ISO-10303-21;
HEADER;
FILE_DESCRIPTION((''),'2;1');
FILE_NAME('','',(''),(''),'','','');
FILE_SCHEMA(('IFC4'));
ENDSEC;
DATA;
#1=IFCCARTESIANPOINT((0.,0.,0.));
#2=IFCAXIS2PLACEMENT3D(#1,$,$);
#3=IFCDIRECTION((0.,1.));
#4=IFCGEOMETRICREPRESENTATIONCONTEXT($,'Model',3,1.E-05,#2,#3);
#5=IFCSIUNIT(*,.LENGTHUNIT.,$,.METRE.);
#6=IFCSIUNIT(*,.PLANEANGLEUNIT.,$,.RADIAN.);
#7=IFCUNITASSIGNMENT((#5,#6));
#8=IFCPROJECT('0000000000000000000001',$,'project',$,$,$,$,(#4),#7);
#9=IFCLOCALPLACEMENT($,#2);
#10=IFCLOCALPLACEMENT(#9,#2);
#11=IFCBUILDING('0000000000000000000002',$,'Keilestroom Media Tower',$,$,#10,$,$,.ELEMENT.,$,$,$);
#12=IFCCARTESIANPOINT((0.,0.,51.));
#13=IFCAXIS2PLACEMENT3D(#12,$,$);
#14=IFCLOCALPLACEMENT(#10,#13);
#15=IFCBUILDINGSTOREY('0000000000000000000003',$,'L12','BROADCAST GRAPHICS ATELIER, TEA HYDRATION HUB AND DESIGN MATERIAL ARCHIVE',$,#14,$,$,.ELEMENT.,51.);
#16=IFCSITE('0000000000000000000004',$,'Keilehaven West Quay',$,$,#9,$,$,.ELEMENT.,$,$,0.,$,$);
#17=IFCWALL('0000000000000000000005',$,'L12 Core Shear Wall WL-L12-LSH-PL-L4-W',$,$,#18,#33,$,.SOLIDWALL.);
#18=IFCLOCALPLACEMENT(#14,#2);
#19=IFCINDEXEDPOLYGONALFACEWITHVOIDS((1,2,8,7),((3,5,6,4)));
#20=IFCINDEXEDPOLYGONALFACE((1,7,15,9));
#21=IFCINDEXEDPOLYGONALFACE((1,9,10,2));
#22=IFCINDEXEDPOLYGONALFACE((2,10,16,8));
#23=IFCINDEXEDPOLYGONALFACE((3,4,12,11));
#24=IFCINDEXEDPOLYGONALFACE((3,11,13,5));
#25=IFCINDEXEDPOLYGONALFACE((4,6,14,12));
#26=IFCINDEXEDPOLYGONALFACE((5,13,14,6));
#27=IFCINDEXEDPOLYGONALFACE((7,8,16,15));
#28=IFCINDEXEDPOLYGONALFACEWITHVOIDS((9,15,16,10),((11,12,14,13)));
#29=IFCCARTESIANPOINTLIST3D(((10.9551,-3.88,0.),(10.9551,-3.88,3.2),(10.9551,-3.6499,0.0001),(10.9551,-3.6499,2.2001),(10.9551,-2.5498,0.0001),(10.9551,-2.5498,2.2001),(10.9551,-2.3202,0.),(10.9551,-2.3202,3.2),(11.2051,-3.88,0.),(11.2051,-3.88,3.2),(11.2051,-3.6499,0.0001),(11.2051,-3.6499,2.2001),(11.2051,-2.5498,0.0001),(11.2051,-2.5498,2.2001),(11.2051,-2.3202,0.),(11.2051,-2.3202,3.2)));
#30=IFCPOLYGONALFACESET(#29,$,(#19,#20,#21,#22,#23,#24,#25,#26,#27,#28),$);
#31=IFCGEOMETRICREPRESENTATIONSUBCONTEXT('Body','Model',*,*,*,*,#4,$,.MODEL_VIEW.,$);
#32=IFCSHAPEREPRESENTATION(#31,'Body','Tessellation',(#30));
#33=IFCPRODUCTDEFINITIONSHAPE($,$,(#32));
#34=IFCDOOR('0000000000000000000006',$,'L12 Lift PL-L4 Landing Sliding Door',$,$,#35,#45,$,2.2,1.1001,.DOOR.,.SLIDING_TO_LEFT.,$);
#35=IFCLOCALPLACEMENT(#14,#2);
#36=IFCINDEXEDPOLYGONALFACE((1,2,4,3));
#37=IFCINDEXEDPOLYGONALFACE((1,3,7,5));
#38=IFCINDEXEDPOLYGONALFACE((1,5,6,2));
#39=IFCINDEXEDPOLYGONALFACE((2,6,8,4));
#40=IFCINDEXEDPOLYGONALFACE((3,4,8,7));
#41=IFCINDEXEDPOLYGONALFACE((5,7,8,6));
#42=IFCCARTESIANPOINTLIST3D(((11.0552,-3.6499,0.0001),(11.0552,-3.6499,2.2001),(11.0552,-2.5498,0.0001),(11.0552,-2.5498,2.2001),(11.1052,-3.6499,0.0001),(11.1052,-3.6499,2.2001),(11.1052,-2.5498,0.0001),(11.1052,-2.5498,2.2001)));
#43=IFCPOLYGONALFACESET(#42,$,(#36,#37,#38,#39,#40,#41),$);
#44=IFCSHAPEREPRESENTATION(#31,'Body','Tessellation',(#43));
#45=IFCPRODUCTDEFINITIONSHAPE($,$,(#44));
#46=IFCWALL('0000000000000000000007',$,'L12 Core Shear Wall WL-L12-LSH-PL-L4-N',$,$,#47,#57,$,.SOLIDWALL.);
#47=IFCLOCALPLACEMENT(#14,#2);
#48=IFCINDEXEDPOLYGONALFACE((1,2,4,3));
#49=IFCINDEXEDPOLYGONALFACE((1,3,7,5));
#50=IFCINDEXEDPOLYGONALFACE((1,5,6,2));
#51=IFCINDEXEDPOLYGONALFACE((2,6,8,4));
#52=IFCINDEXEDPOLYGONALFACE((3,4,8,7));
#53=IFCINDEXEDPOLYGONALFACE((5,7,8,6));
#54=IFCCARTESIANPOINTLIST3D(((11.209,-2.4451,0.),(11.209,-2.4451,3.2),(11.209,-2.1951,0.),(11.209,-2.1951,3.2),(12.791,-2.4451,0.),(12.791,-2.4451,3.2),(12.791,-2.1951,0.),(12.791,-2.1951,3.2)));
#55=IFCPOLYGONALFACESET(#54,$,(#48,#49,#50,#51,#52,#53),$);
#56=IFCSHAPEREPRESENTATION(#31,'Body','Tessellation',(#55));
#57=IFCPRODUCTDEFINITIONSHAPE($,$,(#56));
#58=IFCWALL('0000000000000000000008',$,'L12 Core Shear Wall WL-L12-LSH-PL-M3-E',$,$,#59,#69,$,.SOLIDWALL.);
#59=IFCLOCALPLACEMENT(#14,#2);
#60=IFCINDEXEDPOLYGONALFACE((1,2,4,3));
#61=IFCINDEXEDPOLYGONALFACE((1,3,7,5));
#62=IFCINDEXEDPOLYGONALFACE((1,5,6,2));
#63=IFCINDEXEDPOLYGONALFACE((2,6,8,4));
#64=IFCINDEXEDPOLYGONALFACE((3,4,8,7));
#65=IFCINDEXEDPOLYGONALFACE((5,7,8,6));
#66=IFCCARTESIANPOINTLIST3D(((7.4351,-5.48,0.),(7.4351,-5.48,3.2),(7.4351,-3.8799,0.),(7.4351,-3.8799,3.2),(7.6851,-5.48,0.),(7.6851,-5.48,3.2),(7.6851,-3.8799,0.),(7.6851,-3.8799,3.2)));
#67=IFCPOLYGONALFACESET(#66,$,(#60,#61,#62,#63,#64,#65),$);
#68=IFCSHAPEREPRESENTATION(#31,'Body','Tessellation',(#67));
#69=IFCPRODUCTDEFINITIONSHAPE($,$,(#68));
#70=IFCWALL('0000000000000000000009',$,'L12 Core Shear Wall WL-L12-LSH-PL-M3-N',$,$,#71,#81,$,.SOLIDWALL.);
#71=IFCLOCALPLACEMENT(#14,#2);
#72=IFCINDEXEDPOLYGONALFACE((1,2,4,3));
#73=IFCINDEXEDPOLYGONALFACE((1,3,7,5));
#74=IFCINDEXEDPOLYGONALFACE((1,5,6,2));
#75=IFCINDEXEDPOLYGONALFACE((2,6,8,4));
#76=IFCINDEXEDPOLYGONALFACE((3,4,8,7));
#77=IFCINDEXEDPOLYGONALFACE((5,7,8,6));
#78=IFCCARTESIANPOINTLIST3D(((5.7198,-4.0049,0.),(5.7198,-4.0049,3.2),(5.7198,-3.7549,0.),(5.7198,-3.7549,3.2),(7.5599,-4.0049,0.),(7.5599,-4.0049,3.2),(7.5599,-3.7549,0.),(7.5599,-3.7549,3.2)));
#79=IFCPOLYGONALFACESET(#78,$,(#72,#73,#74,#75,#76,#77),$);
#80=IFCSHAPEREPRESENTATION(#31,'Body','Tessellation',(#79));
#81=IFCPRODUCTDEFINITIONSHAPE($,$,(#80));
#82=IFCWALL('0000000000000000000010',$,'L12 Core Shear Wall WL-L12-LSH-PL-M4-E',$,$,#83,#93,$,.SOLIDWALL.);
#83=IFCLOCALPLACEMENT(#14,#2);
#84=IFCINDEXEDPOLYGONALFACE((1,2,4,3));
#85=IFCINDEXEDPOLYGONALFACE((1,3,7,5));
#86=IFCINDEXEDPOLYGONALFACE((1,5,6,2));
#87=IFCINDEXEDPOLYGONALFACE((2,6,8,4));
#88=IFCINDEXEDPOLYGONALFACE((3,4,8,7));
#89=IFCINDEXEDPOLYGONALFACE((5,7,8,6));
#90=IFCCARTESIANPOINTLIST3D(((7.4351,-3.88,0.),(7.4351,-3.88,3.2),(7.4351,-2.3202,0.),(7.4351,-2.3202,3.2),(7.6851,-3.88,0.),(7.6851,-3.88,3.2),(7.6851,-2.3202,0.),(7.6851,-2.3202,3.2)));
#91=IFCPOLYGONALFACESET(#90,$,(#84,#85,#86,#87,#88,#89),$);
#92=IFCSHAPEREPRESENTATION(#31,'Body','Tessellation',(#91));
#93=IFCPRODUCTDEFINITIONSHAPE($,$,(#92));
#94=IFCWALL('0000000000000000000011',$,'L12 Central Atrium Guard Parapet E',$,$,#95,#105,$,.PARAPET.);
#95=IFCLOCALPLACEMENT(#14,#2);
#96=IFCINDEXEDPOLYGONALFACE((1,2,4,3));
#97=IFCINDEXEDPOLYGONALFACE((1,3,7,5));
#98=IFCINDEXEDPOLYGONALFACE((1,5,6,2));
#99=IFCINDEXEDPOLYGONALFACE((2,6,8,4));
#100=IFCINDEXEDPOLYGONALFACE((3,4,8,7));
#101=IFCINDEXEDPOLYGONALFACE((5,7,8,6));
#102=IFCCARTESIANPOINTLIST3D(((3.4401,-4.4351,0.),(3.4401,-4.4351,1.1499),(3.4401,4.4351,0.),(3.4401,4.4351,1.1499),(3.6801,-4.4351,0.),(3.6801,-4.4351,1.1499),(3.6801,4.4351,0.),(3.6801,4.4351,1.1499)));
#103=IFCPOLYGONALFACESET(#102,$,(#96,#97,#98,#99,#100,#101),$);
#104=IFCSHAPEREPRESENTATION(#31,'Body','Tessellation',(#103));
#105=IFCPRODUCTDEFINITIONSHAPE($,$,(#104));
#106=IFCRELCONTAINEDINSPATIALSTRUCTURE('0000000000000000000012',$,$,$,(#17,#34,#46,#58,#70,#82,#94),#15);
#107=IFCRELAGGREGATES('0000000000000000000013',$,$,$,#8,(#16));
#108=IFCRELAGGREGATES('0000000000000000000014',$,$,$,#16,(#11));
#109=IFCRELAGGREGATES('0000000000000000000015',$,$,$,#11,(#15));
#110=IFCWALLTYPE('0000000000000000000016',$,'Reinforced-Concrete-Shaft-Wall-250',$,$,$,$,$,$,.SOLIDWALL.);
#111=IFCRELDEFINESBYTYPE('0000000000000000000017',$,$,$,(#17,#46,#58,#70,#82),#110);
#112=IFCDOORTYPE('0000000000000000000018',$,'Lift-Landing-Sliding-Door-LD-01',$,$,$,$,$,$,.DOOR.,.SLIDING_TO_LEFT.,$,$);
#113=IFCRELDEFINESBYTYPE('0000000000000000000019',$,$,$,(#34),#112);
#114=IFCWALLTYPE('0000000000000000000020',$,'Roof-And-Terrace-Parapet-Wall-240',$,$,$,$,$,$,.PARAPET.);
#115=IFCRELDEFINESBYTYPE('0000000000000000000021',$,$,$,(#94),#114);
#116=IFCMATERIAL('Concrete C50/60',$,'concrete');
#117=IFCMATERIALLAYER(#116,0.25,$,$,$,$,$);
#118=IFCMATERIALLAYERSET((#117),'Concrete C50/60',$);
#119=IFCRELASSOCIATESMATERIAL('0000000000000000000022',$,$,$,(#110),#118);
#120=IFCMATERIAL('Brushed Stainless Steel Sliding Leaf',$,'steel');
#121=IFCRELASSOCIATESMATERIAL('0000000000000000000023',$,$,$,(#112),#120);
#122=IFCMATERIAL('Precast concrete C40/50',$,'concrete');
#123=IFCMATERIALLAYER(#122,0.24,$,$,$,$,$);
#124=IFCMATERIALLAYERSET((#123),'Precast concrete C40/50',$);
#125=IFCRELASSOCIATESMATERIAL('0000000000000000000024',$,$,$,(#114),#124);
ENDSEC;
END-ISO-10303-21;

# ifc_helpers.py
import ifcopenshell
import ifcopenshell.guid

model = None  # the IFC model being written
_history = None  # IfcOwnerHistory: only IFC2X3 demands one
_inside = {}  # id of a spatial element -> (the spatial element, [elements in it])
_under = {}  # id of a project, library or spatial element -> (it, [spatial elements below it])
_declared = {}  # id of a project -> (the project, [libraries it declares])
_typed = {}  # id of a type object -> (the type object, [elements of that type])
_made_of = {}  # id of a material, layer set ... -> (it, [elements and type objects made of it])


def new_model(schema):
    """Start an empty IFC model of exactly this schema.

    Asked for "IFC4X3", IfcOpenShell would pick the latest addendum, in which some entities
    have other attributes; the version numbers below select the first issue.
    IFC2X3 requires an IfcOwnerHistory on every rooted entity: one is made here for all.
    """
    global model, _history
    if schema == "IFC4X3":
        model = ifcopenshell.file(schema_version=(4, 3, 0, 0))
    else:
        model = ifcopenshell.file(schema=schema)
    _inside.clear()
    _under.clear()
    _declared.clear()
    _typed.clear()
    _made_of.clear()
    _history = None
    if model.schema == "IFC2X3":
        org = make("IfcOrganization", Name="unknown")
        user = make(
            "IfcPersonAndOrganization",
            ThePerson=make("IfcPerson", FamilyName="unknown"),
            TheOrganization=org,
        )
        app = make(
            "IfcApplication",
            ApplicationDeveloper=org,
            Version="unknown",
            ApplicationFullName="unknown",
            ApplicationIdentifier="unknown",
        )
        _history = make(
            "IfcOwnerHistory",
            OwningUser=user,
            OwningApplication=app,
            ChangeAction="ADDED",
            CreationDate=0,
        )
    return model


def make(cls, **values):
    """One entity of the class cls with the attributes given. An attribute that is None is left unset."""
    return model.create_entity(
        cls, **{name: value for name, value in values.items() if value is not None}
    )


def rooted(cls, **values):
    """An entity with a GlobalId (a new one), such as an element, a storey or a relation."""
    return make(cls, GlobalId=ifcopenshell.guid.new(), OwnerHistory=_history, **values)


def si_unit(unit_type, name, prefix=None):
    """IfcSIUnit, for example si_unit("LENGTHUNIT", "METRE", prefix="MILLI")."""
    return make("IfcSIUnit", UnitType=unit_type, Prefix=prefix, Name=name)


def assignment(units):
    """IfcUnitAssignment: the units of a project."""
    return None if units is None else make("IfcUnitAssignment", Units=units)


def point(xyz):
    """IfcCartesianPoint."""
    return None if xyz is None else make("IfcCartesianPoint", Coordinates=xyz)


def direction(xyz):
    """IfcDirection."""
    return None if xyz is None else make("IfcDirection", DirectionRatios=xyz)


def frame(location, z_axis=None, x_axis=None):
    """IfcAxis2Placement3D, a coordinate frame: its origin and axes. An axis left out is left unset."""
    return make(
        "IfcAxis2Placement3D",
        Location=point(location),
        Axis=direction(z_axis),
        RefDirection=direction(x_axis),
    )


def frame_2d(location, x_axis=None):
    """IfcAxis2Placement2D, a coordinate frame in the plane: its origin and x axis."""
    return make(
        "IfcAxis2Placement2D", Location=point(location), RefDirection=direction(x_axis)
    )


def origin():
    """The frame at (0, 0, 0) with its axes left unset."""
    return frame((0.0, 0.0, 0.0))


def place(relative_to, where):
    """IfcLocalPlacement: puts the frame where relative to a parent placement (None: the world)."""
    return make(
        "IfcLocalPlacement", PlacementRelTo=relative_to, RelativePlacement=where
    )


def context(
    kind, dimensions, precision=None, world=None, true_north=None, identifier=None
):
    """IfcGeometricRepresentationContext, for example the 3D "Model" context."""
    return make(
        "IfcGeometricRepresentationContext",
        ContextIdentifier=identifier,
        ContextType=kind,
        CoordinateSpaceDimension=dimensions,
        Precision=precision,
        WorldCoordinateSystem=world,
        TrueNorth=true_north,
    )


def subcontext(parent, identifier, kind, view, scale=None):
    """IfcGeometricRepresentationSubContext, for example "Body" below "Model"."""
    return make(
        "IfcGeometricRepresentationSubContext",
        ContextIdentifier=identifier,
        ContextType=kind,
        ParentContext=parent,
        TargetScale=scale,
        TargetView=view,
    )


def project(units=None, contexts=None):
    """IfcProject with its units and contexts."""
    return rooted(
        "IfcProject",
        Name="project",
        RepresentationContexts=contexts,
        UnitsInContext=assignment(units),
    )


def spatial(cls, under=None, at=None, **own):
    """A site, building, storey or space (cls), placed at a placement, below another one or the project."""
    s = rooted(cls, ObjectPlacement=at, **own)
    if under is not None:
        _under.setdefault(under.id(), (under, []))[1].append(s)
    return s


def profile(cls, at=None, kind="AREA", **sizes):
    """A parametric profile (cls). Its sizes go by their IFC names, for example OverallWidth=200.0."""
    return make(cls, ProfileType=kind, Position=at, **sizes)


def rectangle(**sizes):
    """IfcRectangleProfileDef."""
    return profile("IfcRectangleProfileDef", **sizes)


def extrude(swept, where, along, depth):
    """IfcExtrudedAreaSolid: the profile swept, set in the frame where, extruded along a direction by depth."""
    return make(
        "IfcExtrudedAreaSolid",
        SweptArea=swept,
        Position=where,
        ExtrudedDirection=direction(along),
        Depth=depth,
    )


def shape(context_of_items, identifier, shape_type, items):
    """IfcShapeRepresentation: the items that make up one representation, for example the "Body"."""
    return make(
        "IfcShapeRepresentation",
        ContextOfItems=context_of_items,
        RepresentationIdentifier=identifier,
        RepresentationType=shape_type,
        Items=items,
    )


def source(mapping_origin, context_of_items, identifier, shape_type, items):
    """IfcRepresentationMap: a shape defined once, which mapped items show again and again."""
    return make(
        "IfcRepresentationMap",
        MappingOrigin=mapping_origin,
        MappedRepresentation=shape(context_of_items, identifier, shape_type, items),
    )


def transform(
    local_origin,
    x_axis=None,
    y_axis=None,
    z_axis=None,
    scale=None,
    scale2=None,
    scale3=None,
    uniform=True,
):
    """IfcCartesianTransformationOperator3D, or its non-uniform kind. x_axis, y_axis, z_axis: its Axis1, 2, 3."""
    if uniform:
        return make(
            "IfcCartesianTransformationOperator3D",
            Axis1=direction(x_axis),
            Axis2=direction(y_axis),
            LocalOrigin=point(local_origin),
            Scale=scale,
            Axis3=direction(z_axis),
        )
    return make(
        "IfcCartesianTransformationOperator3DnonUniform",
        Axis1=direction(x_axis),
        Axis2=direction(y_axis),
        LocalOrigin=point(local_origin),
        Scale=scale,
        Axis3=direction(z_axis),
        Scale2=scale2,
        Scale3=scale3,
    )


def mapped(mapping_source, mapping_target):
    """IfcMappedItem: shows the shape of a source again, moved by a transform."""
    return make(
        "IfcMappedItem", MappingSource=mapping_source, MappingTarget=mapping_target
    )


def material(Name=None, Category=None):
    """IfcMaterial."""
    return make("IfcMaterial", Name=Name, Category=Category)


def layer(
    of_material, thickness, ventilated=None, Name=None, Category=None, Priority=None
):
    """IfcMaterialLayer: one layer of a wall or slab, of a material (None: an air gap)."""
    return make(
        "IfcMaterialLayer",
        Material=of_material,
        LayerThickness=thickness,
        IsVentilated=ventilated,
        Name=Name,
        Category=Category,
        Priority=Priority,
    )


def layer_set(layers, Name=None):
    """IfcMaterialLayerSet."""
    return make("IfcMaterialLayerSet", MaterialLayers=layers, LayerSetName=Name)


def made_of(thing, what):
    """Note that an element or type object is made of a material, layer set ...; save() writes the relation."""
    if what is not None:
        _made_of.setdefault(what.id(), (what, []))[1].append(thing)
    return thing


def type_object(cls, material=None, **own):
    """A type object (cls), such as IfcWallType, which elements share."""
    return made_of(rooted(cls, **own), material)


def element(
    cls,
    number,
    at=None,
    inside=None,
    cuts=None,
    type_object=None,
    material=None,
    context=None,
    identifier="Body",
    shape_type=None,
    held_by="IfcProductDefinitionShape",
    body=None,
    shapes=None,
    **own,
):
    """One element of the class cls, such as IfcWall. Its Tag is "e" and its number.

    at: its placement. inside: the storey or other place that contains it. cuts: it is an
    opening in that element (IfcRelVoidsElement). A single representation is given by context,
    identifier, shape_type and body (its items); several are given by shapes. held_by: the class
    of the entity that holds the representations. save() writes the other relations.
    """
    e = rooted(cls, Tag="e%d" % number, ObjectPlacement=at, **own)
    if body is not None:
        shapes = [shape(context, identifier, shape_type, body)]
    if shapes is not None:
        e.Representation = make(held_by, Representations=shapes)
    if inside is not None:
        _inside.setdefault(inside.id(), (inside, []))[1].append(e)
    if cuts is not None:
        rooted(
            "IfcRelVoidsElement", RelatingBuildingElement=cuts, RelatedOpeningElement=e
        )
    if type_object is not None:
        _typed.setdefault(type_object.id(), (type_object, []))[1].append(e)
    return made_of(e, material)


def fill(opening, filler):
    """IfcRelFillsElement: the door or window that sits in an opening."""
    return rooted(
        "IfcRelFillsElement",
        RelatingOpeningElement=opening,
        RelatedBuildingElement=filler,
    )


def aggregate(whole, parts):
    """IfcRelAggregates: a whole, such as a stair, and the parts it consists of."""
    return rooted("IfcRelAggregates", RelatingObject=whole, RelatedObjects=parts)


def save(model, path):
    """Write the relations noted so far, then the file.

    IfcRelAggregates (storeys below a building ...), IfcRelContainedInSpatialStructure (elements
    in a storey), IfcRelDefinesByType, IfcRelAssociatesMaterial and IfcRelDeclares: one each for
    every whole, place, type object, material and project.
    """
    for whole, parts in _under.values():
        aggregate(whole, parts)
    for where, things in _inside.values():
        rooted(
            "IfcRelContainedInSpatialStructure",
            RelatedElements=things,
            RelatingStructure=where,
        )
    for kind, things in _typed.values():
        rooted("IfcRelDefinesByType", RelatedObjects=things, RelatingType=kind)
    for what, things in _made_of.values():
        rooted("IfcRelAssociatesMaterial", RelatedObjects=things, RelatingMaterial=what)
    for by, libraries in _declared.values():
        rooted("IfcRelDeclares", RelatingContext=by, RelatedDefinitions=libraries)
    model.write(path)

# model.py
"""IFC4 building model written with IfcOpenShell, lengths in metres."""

from ifc_helpers import new_model, si_unit, direction, frame, frame_2d, origin, place, context, subcontext, project, spatial, rectangle, extrude, source, transform, mapped, material, layer, layer_set, type_object, element, fill, save


model = new_model("IFC4")

# Units and contexts
model_context = context("Model", 3, precision=1e-05, world=origin(), true_north=direction((0.0, 1.0)))
body_context = subcontext(model_context, "Body", "Model", "MODEL_VIEW")
ifc_project = project(units=[si_unit("LENGTHUNIT", "METRE"), si_unit("PLANEANGLEUNIT", "RADIAN")], contexts=[model_context])

# Site, building, storey
site_placement = place(None, origin())
site = spatial("IfcSite", under=ifc_project, at=site_placement, Name="Keilehaven West Quay", CompositionType="ELEMENT", RefElevation=0.0)
building_placement = place(site_placement, origin())
building = spatial("IfcBuilding", under=site, at=building_placement, Name="Keilestroom Media Tower", CompositionType="ELEMENT")
storey_placement = place(building_placement, frame((0.0, 0.0, 51.0)))
storey = spatial("IfcBuildingStorey", under=building, at=storey_placement, Name="L12", Description="BROADCAST GRAPHICS ATELIER, TEA HYDRATION HUB AND DESIGN MATERIAL ARCHIVE", CompositionType="ELEMENT", Elevation=51.0)

# Shared definitions
ifc_material_1 = material(Name="Concrete C50/60", Category="concrete")
ifc_layer_1 = layer(ifc_material_1, 0.25)
ifc_layer_set_1 = layer_set([ifc_layer_1], Name="Concrete C50/60")
wall_type_1 = type_object("IfcWallType", Name="Reinforced-Concrete-Shaft-Wall-250", PredefinedType="SOLIDWALL", material=ifc_layer_set_1)

# Shared definitions
ifc_material_2 = material(Name="Brushed Stainless Steel Sliding Leaf", Category="steel")

# Shared definitions
door_type_1 = type_object("IfcDoorType", Name="Lift-Landing-Sliding-Door-LD-01", OperationType="SLIDING_TO_LEFT", PredefinedType="DOOR", material=ifc_material_2)
shared_shape_1 = source(origin(), body_context, "Body", "SweptSolid", [
    extrude(rectangle(XDim=1.1001, YDim=2.2, at=frame_2d((0.55, 1.1001))), frame((0.0, 0.0249, 0.0), z_axis=(0.0, -1.0, 0.0), x_axis=(1.0, 0.0, 0.0)), (0.0, 0.0, 1.0), 0.05),
])

# Wall, opening, door
wall_1_placement = place(storey_placement, frame((11.0801, -3.8799, 0.0), z_axis=(0.0, 0.0, 1.0), x_axis=(0.0, 1.0, 0.0)))
wall_1 = element("IfcWall", 1, at=wall_1_placement, inside=storey, type_object=wall_type_1, Name="L12 Core Shear Wall WL-L12-LSH-PL-L4-W", PredefinedType="SOLIDWALL", context=body_context, shape_type="SweptSolid", body=[
    extrude(rectangle(XDim=1.5598, YDim=0.25, at=frame_2d((0.7798, 0.0))), origin(), (0.0, 0.0, 1.0), 3.2),
])
opening_1_placement = place(wall_1_placement, frame((0.23, 0.0, 0.0)))
opening_1 = element("IfcOpeningElement", 2, at=opening_1_placement, cuts=wall_1, PredefinedType="OPENING", context=body_context, shape_type="SweptSolid", body=[
    extrude(rectangle(XDim=1.1001, YDim=2.2, at=frame_2d((0.55, 1.1001))), frame((0.0, 0.135, 0.0), z_axis=(0.0, -1.0, 0.0), x_axis=(1.0, 0.0, 0.0)), (0.0, 0.0, 1.0), 0.27),
])
door_1_placement = place(opening_1_placement, origin())
door_1 = element("IfcDoor", 3, at=door_1_placement, inside=storey, type_object=door_type_1, Name="L12 Lift PL-L4 Landing Sliding Door", OperationType="SLIDING_TO_LEFT", OverallHeight=2.2, OverallWidth=1.1001, PredefinedType="DOOR", context=body_context, shape_type="MappedRepresentation", body=[
    mapped(shared_shape_1, transform((0.0, 0.0, 0.0), x_axis=(1.0, 0.0, 0.0), y_axis=(0.0, 1.0, 0.0), z_axis=(0.0, 0.0, 1.0), scale=1.0)),
])
fill(opening_1, door_1)

# Walls
wall_2_placement = place(storey_placement, frame((11.209, -2.3201, 0.0), z_axis=(0.0, 0.0, 1.0), x_axis=(1.0, 0.0, 0.0)))
element("IfcWall", 4, at=wall_2_placement, inside=storey, type_object=wall_type_1, Name="L12 Core Shear Wall WL-L12-LSH-PL-L4-N", PredefinedType="SOLIDWALL", context=body_context, shape_type="SweptSolid", body=[
    extrude(rectangle(XDim=1.582, YDim=0.25, at=frame_2d((0.791, 0.0))), origin(), (0.0, 0.0, 1.0), 3.2),
])
wall_3_placement = place(storey_placement, frame((7.5601, -5.48, 0.0), z_axis=(0.0, 0.0, 1.0), x_axis=(0.0, 1.0, 0.0)))
element("IfcWall", 5, at=wall_3_placement, inside=storey, type_object=wall_type_1, Name="L12 Core Shear Wall WL-L12-LSH-PL-M3-E", PredefinedType="SOLIDWALL", context=body_context, shape_type="SweptSolid", body=[
    extrude(rectangle(XDim=1.6001, YDim=0.25, at=frame_2d((0.8, 0.0))), origin(), (0.0, 0.0, 1.0), 3.2),
])
wall_4_placement = place(storey_placement, frame((5.72, -3.8799, 0.0), z_axis=(0.0, 0.0, 1.0), x_axis=(1.0, 0.0, 0.0)))
element("IfcWall", 6, at=wall_4_placement, inside=storey, type_object=wall_type_1, Name="L12 Core Shear Wall WL-L12-LSH-PL-M3-N", PredefinedType="SOLIDWALL", context=body_context, shape_type="SweptSolid", body=[
    extrude(rectangle(XDim=1.8401, YDim=0.25, at=frame_2d((0.9199, 0.0))), origin(), (0.0, 0.0, 1.0), 3.2),
])
wall_5_placement = place(storey_placement, frame((7.5601, -3.8799, 0.0), z_axis=(0.0, 0.0, 1.0), x_axis=(0.0, 1.0, 0.0)))
element("IfcWall", 7, at=wall_5_placement, inside=storey, type_object=wall_type_1, Name="L12 Core Shear Wall WL-L12-LSH-PL-M4-E", PredefinedType="SOLIDWALL", context=body_context, shape_type="SweptSolid", body=[
    extrude(rectangle(XDim=1.5598, YDim=0.25, at=frame_2d((0.7798, 0.0))), origin(), (0.0, 0.0, 1.0), 3.2),
])
ifc_material_3 = material(Name="Precast concrete C40/50", Category="concrete")
ifc_layer_2 = layer(ifc_material_3, 0.24)
ifc_layer_set_2 = layer_set([ifc_layer_2], Name="Precast concrete C40/50")
wall_type_2 = type_object("IfcWallType", Name="Roof-And-Terrace-Parapet-Wall-240", PredefinedType="PARAPET", material=ifc_layer_set_2)
wall_6_placement = place(storey_placement, frame((3.5601, -4.4351, 0.0), z_axis=(0.0, 0.0, 1.0), x_axis=(0.0, 1.0, 0.0)))
element("IfcWall", 8, at=wall_6_placement, inside=storey, type_object=wall_type_2, Name="L12 Central Atrium Guard Parapet E", PredefinedType="PARAPET", context=body_context, shape_type="SweptSolid", body=[
    extrude(rectangle(XDim=8.8701, YDim=0.24, at=frame_2d((4.4351, 0.0))), origin(), (0.0, 0.0, 1.0), 1.1499),
])

save(model, "model.ifc")
